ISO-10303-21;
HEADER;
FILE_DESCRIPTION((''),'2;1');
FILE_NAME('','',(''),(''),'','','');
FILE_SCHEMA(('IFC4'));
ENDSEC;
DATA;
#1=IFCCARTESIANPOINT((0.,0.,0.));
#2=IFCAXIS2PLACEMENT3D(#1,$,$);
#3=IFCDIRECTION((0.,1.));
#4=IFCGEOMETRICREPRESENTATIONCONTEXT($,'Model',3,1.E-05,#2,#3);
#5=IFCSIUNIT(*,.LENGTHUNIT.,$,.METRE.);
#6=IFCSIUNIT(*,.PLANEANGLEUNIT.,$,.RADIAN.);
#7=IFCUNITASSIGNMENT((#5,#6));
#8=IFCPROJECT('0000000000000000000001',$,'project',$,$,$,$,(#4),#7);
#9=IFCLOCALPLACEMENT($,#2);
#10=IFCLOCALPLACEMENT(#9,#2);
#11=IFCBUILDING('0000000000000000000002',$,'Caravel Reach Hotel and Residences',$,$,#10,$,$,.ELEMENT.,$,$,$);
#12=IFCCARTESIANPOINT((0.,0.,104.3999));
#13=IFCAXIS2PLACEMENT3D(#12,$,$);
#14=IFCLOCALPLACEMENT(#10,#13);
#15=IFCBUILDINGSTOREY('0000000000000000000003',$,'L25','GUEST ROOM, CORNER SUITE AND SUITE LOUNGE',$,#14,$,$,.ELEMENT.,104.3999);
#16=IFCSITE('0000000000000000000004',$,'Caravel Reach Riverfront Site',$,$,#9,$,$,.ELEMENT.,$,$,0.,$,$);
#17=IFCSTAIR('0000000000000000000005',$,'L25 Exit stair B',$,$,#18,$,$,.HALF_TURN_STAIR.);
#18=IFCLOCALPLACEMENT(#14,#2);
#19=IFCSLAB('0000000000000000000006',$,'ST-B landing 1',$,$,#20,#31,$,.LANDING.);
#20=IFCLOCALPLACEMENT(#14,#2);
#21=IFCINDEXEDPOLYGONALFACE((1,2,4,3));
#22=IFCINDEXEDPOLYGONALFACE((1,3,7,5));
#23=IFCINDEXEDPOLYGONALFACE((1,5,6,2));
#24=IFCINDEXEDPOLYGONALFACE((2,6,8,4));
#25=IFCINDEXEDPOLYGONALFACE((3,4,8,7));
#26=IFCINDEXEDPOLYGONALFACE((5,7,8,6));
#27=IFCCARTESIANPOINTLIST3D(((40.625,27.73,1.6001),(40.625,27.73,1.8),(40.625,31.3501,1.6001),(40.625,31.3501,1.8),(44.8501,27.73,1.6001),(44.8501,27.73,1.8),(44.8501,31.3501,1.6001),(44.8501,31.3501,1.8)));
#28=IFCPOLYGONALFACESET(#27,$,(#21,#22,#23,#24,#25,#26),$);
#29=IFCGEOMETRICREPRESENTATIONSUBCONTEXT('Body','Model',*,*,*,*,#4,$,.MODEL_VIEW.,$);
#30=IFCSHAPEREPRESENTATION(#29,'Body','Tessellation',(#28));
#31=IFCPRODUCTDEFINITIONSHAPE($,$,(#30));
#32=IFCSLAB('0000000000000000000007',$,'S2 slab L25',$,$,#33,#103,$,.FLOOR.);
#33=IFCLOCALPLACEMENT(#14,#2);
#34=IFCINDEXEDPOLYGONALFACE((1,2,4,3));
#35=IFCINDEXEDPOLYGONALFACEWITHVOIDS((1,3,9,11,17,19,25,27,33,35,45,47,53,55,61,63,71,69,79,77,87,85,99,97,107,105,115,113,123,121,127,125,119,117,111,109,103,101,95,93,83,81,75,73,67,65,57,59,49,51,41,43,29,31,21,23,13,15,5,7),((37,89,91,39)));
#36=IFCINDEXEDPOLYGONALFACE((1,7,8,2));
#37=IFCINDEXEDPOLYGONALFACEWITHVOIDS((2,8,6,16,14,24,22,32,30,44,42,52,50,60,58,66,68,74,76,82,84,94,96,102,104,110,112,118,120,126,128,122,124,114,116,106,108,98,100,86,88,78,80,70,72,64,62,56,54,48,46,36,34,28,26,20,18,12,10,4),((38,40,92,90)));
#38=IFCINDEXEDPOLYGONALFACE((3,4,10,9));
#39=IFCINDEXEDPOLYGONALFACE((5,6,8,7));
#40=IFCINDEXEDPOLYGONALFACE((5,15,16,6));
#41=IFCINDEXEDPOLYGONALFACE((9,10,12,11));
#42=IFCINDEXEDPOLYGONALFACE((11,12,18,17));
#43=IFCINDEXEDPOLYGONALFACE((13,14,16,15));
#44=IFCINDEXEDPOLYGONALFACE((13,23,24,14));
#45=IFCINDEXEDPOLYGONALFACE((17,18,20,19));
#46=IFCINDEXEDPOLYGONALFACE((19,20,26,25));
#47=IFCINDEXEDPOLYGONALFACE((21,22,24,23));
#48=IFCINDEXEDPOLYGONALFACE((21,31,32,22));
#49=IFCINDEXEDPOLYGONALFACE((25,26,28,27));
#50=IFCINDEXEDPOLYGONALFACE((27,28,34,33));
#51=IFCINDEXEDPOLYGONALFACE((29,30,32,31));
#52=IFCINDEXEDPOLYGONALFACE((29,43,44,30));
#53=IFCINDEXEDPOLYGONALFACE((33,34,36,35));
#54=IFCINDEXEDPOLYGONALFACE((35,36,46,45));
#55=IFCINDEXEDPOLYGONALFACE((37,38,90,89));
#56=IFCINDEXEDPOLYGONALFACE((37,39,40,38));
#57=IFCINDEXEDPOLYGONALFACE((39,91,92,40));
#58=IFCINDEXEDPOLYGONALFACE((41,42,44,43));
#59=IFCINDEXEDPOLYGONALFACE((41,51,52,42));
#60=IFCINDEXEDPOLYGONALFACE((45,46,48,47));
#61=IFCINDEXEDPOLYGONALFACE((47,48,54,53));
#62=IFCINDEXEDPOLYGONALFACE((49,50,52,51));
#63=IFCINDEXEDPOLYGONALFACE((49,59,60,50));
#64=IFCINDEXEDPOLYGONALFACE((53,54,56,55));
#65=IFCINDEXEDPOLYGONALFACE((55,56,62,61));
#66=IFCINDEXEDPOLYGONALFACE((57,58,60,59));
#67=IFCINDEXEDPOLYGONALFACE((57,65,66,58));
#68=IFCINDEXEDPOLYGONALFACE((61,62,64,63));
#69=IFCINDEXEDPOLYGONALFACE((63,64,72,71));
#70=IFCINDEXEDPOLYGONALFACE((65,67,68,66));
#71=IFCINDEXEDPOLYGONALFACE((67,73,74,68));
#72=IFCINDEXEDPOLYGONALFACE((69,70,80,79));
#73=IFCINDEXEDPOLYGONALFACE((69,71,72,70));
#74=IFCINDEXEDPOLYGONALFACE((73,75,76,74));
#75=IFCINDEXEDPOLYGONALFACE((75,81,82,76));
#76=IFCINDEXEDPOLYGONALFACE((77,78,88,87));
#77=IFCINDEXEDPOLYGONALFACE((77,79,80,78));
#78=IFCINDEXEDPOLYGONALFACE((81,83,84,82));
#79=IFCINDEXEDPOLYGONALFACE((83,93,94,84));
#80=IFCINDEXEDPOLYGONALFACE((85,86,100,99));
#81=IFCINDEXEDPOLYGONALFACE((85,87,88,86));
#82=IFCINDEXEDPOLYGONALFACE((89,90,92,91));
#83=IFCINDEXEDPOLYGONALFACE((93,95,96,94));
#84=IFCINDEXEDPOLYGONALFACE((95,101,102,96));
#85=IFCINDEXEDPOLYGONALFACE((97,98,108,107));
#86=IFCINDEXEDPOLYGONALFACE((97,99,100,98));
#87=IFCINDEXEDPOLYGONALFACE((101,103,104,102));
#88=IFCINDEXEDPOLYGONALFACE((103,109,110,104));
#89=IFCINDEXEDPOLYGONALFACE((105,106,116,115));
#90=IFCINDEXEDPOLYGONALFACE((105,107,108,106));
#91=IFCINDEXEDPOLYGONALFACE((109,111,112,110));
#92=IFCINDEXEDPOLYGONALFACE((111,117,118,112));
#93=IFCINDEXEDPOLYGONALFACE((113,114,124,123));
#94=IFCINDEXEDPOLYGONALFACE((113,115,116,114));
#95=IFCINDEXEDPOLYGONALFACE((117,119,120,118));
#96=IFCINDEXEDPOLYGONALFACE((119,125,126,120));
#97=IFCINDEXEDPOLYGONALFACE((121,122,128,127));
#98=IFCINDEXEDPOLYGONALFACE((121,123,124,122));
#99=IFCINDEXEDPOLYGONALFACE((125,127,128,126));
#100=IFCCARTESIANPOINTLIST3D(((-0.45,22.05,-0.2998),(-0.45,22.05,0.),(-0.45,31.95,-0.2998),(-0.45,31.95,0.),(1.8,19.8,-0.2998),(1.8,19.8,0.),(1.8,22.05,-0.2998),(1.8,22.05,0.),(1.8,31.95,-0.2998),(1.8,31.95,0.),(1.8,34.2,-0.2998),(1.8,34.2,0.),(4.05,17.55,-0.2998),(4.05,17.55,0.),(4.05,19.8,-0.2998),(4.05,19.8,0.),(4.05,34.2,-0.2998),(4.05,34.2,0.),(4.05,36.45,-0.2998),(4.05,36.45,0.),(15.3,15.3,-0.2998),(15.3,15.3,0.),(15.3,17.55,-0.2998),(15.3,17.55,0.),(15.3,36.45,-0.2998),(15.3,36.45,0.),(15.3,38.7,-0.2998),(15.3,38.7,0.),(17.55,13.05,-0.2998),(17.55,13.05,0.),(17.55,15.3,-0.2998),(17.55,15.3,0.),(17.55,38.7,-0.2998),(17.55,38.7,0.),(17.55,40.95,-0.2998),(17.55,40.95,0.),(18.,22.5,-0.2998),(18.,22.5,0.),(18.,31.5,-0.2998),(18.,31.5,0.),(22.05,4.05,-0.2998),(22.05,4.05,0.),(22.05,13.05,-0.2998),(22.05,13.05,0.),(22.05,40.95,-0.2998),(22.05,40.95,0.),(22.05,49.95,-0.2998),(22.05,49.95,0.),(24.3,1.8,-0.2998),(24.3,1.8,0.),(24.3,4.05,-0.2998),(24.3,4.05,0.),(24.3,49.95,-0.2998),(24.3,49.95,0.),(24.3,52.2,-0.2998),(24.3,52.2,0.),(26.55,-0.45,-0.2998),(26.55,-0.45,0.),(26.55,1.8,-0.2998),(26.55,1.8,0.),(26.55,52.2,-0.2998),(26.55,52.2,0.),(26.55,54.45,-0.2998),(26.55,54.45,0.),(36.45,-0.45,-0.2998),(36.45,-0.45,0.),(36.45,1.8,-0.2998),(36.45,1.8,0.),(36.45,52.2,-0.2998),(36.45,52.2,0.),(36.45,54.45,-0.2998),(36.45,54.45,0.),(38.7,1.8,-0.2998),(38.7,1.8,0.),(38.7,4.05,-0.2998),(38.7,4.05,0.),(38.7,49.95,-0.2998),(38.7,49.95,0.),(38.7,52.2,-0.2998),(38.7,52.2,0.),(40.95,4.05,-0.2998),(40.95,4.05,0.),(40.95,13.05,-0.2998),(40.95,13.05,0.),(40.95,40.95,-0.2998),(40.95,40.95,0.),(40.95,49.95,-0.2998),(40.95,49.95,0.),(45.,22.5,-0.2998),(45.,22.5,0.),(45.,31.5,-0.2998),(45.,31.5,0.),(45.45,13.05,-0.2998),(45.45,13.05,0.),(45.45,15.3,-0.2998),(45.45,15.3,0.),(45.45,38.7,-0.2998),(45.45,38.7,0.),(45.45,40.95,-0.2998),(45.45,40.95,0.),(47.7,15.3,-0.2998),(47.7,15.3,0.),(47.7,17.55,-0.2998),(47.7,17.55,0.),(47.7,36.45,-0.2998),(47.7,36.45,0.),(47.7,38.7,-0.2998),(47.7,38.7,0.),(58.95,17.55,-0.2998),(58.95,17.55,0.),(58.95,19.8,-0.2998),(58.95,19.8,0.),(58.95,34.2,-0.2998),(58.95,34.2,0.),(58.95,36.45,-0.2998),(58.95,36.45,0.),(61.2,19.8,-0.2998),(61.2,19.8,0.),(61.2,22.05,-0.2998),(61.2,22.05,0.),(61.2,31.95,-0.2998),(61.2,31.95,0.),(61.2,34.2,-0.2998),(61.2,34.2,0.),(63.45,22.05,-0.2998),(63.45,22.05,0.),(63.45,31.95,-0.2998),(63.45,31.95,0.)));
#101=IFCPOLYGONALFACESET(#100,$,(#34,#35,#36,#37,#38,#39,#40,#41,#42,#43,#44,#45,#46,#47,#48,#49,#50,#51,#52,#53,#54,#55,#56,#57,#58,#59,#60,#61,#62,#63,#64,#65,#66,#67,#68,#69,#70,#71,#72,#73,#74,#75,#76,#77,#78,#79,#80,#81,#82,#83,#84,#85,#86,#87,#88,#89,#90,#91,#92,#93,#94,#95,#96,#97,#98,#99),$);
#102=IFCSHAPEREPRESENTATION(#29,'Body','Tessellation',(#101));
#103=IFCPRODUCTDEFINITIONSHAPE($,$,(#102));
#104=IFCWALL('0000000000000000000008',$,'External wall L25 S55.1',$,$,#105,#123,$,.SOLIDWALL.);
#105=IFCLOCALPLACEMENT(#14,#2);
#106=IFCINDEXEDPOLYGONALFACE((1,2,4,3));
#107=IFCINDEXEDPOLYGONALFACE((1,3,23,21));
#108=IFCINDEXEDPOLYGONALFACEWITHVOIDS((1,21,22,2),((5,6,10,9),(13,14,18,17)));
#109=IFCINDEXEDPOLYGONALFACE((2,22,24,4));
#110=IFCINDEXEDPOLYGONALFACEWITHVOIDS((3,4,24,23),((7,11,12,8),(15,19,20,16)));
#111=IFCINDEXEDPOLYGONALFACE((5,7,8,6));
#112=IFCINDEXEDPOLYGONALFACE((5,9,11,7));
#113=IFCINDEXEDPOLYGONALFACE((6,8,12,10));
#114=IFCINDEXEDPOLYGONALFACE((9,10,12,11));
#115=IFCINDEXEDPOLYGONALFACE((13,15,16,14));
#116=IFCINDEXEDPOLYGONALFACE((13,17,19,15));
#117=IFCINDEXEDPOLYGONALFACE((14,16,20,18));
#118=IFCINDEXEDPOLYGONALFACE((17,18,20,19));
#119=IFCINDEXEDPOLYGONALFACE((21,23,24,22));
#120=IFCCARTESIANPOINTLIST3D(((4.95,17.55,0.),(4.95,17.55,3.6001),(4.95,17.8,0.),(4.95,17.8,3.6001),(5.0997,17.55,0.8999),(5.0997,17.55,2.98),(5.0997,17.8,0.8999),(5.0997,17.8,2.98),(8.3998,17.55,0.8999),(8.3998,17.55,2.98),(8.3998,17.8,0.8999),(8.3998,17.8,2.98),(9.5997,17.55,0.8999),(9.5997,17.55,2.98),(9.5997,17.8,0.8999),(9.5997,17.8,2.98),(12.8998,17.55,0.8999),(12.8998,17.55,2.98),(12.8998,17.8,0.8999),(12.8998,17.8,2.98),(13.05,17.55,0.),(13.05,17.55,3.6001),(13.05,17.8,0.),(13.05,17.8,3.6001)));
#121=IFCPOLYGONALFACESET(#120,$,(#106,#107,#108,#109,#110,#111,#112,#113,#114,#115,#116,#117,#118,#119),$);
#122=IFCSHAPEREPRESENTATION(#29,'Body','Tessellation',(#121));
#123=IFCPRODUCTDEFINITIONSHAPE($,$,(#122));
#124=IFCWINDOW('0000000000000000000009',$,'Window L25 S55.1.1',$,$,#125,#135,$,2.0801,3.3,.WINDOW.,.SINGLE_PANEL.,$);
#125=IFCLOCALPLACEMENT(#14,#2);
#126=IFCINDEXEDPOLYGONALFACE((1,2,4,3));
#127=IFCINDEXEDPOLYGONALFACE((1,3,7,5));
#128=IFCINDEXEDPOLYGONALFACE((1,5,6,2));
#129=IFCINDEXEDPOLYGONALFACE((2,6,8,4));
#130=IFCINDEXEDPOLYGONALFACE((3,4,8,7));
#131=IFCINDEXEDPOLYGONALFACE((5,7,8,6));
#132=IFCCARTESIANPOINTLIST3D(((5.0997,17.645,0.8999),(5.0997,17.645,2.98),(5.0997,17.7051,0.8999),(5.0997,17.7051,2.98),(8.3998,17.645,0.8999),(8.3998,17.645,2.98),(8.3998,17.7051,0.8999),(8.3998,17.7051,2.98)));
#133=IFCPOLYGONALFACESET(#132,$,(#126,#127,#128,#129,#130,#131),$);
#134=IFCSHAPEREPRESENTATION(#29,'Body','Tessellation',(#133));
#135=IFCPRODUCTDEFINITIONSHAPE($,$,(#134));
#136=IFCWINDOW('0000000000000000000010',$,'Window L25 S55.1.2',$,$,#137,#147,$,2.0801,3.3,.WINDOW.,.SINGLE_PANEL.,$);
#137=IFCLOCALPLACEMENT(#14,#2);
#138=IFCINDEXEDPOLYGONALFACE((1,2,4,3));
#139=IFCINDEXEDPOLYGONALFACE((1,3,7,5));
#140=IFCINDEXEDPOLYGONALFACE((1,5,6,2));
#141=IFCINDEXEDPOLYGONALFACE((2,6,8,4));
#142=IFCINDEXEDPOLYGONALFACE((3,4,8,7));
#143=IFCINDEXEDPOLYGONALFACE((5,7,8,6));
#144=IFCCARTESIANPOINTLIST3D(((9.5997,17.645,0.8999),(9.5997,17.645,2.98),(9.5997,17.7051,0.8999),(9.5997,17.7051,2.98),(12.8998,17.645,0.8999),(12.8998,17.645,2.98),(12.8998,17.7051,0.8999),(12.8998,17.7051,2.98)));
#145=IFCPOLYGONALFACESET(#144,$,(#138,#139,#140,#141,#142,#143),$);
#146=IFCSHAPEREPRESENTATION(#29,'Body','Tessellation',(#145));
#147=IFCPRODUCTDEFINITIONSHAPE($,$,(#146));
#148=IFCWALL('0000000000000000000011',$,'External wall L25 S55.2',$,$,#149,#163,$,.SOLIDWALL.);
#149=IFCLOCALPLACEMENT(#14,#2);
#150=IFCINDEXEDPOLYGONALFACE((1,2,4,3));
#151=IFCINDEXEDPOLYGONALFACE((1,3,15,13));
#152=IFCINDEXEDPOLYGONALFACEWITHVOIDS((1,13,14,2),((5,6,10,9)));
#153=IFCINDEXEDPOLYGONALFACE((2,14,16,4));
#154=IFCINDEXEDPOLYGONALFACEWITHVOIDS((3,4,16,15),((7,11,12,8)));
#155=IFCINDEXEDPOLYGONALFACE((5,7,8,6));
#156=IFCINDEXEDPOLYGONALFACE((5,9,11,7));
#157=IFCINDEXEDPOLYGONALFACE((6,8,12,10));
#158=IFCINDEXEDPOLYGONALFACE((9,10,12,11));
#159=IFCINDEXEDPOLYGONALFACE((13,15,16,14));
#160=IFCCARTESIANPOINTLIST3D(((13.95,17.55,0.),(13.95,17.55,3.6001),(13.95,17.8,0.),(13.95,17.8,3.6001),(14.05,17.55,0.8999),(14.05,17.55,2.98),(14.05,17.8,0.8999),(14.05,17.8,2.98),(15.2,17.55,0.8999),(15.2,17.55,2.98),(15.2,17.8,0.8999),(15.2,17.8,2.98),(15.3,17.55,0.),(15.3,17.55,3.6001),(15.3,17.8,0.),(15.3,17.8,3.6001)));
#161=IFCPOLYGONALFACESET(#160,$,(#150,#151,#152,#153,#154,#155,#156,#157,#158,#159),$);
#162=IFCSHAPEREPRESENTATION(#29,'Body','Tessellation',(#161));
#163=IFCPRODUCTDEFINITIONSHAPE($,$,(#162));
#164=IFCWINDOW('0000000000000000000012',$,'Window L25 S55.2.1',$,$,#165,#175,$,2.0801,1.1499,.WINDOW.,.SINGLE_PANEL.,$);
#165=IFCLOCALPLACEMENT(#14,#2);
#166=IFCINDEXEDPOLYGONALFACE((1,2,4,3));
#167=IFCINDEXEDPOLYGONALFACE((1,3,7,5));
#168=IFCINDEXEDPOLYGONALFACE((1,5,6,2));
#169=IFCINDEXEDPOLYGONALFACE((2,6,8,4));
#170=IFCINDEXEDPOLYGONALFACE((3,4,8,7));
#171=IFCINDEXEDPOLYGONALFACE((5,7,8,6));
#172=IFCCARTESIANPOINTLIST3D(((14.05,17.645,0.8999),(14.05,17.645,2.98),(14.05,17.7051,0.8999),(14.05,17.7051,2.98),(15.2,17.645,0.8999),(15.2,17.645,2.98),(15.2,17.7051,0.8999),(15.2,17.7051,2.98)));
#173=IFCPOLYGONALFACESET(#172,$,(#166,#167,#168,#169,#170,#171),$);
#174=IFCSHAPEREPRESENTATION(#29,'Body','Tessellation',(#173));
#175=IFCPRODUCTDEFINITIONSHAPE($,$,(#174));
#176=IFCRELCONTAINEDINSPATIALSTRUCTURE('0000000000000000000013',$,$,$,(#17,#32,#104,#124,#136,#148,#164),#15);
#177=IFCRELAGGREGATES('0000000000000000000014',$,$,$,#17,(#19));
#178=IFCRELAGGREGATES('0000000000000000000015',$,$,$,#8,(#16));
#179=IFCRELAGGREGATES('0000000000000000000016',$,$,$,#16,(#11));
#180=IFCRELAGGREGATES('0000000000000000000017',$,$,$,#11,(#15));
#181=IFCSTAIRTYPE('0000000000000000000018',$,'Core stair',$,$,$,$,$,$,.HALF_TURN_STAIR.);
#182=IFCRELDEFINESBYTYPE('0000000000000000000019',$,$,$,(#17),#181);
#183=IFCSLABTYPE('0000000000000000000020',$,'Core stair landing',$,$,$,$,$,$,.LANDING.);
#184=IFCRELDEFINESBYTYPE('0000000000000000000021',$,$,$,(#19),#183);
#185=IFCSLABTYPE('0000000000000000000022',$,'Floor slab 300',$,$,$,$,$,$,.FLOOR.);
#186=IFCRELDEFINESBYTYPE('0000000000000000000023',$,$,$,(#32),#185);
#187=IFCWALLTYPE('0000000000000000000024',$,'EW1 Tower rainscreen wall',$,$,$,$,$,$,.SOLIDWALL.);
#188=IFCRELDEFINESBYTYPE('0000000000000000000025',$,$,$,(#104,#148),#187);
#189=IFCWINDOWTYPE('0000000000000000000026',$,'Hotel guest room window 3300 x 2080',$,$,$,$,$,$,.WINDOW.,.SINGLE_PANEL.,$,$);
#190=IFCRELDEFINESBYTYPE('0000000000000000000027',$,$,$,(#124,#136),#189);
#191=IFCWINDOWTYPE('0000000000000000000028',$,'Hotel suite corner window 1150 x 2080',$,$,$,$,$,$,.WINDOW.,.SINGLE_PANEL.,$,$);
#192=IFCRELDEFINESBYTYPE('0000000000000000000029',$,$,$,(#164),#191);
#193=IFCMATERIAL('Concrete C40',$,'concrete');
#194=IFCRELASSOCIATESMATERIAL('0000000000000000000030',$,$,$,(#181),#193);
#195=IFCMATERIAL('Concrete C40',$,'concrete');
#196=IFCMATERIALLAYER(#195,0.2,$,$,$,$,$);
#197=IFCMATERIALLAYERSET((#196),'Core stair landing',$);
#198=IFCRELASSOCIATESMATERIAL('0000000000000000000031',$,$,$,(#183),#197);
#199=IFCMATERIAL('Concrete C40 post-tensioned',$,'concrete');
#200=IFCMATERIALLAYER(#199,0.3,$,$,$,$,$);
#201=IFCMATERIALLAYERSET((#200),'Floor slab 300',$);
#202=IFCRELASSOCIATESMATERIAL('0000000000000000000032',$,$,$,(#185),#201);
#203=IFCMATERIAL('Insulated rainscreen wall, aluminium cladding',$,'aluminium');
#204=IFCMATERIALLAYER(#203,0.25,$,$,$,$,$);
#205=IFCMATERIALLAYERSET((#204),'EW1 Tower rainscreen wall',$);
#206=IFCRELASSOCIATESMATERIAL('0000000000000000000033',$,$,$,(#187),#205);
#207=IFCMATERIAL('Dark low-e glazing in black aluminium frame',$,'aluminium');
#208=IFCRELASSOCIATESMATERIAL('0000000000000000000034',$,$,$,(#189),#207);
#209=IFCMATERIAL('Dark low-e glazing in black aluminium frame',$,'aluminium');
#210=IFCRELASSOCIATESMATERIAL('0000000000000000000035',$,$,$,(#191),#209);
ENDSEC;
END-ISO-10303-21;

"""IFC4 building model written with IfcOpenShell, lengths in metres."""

from ifc_helpers import new_model, si_unit, direction, frame, frame_2d, origin, place, context, subcontext, project, spatial, polyline, rectangle, outline, extrude, material, layer, layer_set, type_object, element, fill, aggregate, save


model = new_model("IFC4")

# Units and contexts
model_context = context("Model", 3, precision=1e-05, world=origin(), true_north=direction((0.0, 1.0)))
body_context = subcontext(model_context, "Body", "Model", "MODEL_VIEW")
ifc_project = project(units=[si_unit("LENGTHUNIT", "METRE"), si_unit("PLANEANGLEUNIT", "RADIAN")], contexts=[model_context])

# Site, building, storey
site_placement = place(None, origin())
site = spatial("IfcSite", under=ifc_project, at=site_placement, Name="Caravel Reach Riverfront Site", CompositionType="ELEMENT", RefElevation=0.0)
building_placement = place(site_placement, origin())
building = spatial("IfcBuilding", under=site, at=building_placement, Name="Caravel Reach Hotel and Residences", CompositionType="ELEMENT")
storey_placement = place(building_placement, frame((0.0, 0.0, 104.3999)))
storey = spatial("IfcBuildingStorey", under=building, at=storey_placement, Name="L25", Description="GUEST ROOM, CORNER SUITE AND SUITE LOUNGE", CompositionType="ELEMENT", Elevation=104.3999)

# Stair, slab
ifc_material_1 = material(Name="Concrete C40", Category="concrete")
stair_type = type_object("IfcStairType", Name="Core stair", PredefinedType="HALF_TURN_STAIR", material=ifc_material_1)
ifc_material_2 = material(Name="Concrete C40", Category="concrete")
ifc_layer_1 = layer(ifc_material_2, 0.2)
ifc_layer_set_1 = layer_set([ifc_layer_1], Name="Core stair landing")
slab_type_1 = type_object("IfcSlabType", Name="Core stair landing", PredefinedType="LANDING", material=ifc_layer_set_1)
stair_1_placement = place(storey_placement, origin())
stair_1 = element("IfcStair", 1, at=stair_1_placement, inside=storey, type_object=stair_type, Name="L25 Exit stair B", PredefinedType="HALF_TURN_STAIR")
slab_1_placement = place(storey_placement, frame((0.0, 0.0, 1.6001)))
slab_1 = element("IfcSlab", 2, at=slab_1_placement, type_object=slab_type_1, Name="ST-B landing 1", PredefinedType="LANDING", context=body_context, shape_type="SweptSolid", body=[
    extrude(outline(polyline([(44.8501, 27.73), (44.8501, 31.3501), (40.625, 31.3501), (40.625, 27.73), (44.8501, 27.73)])), origin(), (0.0, 0.0, 1.0), 0.2),
])
aggregate(stair_1, [slab_1])

# Slab
ifc_material_3 = material(Name="Concrete C40 post-tensioned", Category="concrete")
ifc_layer_2 = layer(ifc_material_3, 0.3)
ifc_layer_set_2 = layer_set([ifc_layer_2], Name="Floor slab 300")
slab_type_2 = type_object("IfcSlabType", Name="Floor slab 300", PredefinedType="FLOOR", material=ifc_layer_set_2)
slab_2_placement = place(storey_placement, frame((0.0, 0.0, -0.2998)))
element("IfcSlab", 3, at=slab_2_placement, inside=storey, type_object=slab_type_2, Name="S2 slab L25", PredefinedType="FLOOR", context=body_context, shape_type="SweptSolid", body=[
    extrude(outline(polyline([(17.55, 13.05), (17.55, 15.3), (15.3, 15.3), (15.3, 17.55), (4.05, 17.55), (4.05, 19.8), (1.8, 19.8), (1.8, 22.05), (-0.45, 22.05), (-0.45, 31.95), (1.8, 31.95), (1.8, 34.2), (4.05, 34.2), (4.05, 36.45), (15.3, 36.45), (15.3, 38.7), (17.55, 38.7), (17.55, 40.95), (22.05, 40.95), (22.05, 49.95), (24.3, 49.95), (24.3, 52.2), (26.55, 52.2), (26.55, 54.45), (36.45, 54.45), (36.45, 52.2), (38.7, 52.2), (38.7, 49.95), (40.95, 49.95), (40.95, 40.95), (45.45, 40.95), (45.45, 38.7), (47.7, 38.7), (47.7, 36.45), (58.95, 36.45), (58.95, 34.2), (61.2, 34.2), (61.2, 31.95), (63.45, 31.95), (63.45, 22.05), (61.2, 22.05), (61.2, 19.8), (58.95, 19.8), (58.95, 17.55), (47.7, 17.55), (47.7, 15.3), (45.45, 15.3), (45.45, 13.05), (40.95, 13.05), (40.95, 4.05), (38.7, 4.05), (38.7, 1.8), (36.45, 1.8), (36.45, -0.45), (26.55, -0.45), (26.55, 1.8), (24.3, 1.8), (24.3, 4.05), (22.05, 4.05), (22.05, 13.05), (17.55, 13.05)]), holes=[polyline([(45.0, 31.5), (18.0, 31.5), (18.0, 22.5), (45.0, 22.5), (45.0, 31.5)])]), origin(), (0.0, 0.0, 1.0), 0.2998),
])

# Wall, openings, windows
ifc_material_4 = material(Name="Insulated rainscreen wall, aluminium cladding", Category="aluminium")
ifc_layer_3 = layer(ifc_material_4, 0.25)
ifc_layer_set_3 = layer_set([ifc_layer_3], Name="EW1 Tower rainscreen wall")
wall_type_1 = type_object("IfcWallType", Name="EW1 Tower rainscreen wall", PredefinedType="SOLIDWALL", material=ifc_layer_set_3)
wall_1_placement = place(storey_placement, frame((4.95, 17.675, 0.0), z_axis=(0.0, 0.0, 1.0), x_axis=(1.0, 0.0, 0.0)))
wall_1 = element("IfcWall", 4, at=wall_1_placement, inside=storey, type_object=wall_type_1, Name="External wall L25 S55.1", PredefinedType="SOLIDWALL", context=body_context, shape_type="SweptSolid", body=[
    extrude(rectangle(XDim=8.1001, YDim=0.25, at=frame_2d((4.05, 0.0))), origin(), (0.0, 0.0, 1.0), 3.6001),
])
opening_1_placement = place(wall_1_placement, frame((0.1499, 0.0, 0.8999)))
opening_1 = element("IfcOpeningElement", 5, at=opening_1_placement, cuts=wall_1, PredefinedType="OPENING", context=body_context, shape_type="SweptSolid", body=[
    extrude(rectangle(XDim=3.3, YDim=2.0801, at=frame_2d((1.6499, 1.04))), frame((0.0, 0.135, 0.0), z_axis=(0.0, -1.0, 0.0), x_axis=(1.0, 0.0, 0.0)), (0.0, 0.0, 1.0), 0.27),
])
opening_2_placement = place(wall_1_placement, frame((4.6499, 0.0, 0.8999)))
opening_2 = element("IfcOpeningElement", 6, at=opening_2_placement, cuts=wall_1, PredefinedType="OPENING", context=body_context, shape_type="SweptSolid", body=[
    extrude(rectangle(XDim=3.3, YDim=2.0801, at=frame_2d((1.6499, 1.04))), frame((0.0, 0.135, 0.0), z_axis=(0.0, -1.0, 0.0), x_axis=(1.0, 0.0, 0.0)), (0.0, 0.0, 1.0), 0.27),
])
ifc_material_5 = material(Name="Dark low-e glazing in black aluminium frame", Category="aluminium")
window_type_1 = type_object("IfcWindowType", Name="Hotel guest room window 3300 x 2080", PartitioningType="SINGLE_PANEL", PredefinedType="WINDOW", material=ifc_material_5)
window_1_placement = place(opening_1_placement, origin())
window_1 = element("IfcWindow", 7, at=window_1_placement, inside=storey, type_object=window_type_1, Name="Window L25 S55.1.1", OverallHeight=2.0801, OverallWidth=3.3, PartitioningType="SINGLE_PANEL", PredefinedType="WINDOW", context=body_context, shape_type="SweptSolid", body=[
    extrude(rectangle(XDim=3.3, YDim=2.0801, at=frame_2d((1.6499, 1.04))), frame((0.0, 0.03, 0.0), z_axis=(0.0, -1.0, 0.0), x_axis=(1.0, 0.0, 0.0)), (0.0, 0.0, 1.0), 0.0601),
])
fill(opening_1, window_1)
window_2_placement = place(opening_2_placement, origin())
window_2 = element("IfcWindow", 8, at=window_2_placement, inside=storey, type_object=window_type_1, Name="Window L25 S55.1.2", OverallHeight=2.0801, OverallWidth=3.3, PartitioningType="SINGLE_PANEL", PredefinedType="WINDOW", context=body_context, shape_type="SweptSolid", body=[
    extrude(rectangle(XDim=3.3, YDim=2.0801, at=frame_2d((1.6499, 1.04))), frame((0.0, 0.03, 0.0), z_axis=(0.0, -1.0, 0.0), x_axis=(1.0, 0.0, 0.0)), (0.0, 0.0, 1.0), 0.0601),
])
fill(opening_2, window_2)

# Wall, opening, window
wall_2_placement = place(storey_placement, frame((13.95, 17.675, 0.0), z_axis=(0.0, 0.0, 1.0), x_axis=(1.0, 0.0, 0.0)))
wall_2 = element("IfcWall", 9, at=wall_2_placement, inside=storey, type_object=wall_type_1, Name="External wall L25 S55.2", PredefinedType="SOLIDWALL", context=body_context, shape_type="SweptSolid", body=[
    extrude(rectangle(XDim=1.3501, YDim=0.25, at=frame_2d((0.675, 0.0))), origin(), (0.0, 0.0, 1.0), 3.6001),
])
opening_3_placement = place(wall_2_placement, frame((0.1001, 0.0, 0.8999)))
opening_3 = element("IfcOpeningElement", 10, at=opening_3_placement, cuts=wall_2, PredefinedType="OPENING", context=body_context, shape_type="SweptSolid", body=[
    extrude(rectangle(XDim=1.1499, YDim=2.0801, at=frame_2d((0.575, 1.04))), frame((0.0, 0.135, 0.0), z_axis=(0.0, -1.0, 0.0), x_axis=(1.0, 0.0, 0.0)), (0.0, 0.0, 1.0), 0.27),
])
ifc_material_6 = material(Name="Dark low-e glazing in black aluminium frame", Category="aluminium")
window_type_2 = type_object("IfcWindowType", Name="Hotel suite corner window 1150 x 2080", PartitioningType="SINGLE_PANEL", PredefinedType="WINDOW", material=ifc_material_6)
window_3_placement = place(opening_3_placement, origin())
window_3 = element("IfcWindow", 11, at=window_3_placement, inside=storey, type_object=window_type_2, Name="Window L25 S55.2.1", OverallHeight=2.0801, OverallWidth=1.1499, PartitioningType="SINGLE_PANEL", PredefinedType="WINDOW", context=body_context, shape_type="SweptSolid", body=[
    extrude(rectangle(XDim=1.1499, YDim=2.0801, at=frame_2d((0.575, 1.04))), frame((0.0, 0.03, 0.0), z_axis=(0.0, -1.0, 0.0), x_axis=(1.0, 0.0, 0.0)), (0.0, 0.0, 1.0), 0.0601),
])
fill(opening_3, window_3)

save(model, "model.ifc")
